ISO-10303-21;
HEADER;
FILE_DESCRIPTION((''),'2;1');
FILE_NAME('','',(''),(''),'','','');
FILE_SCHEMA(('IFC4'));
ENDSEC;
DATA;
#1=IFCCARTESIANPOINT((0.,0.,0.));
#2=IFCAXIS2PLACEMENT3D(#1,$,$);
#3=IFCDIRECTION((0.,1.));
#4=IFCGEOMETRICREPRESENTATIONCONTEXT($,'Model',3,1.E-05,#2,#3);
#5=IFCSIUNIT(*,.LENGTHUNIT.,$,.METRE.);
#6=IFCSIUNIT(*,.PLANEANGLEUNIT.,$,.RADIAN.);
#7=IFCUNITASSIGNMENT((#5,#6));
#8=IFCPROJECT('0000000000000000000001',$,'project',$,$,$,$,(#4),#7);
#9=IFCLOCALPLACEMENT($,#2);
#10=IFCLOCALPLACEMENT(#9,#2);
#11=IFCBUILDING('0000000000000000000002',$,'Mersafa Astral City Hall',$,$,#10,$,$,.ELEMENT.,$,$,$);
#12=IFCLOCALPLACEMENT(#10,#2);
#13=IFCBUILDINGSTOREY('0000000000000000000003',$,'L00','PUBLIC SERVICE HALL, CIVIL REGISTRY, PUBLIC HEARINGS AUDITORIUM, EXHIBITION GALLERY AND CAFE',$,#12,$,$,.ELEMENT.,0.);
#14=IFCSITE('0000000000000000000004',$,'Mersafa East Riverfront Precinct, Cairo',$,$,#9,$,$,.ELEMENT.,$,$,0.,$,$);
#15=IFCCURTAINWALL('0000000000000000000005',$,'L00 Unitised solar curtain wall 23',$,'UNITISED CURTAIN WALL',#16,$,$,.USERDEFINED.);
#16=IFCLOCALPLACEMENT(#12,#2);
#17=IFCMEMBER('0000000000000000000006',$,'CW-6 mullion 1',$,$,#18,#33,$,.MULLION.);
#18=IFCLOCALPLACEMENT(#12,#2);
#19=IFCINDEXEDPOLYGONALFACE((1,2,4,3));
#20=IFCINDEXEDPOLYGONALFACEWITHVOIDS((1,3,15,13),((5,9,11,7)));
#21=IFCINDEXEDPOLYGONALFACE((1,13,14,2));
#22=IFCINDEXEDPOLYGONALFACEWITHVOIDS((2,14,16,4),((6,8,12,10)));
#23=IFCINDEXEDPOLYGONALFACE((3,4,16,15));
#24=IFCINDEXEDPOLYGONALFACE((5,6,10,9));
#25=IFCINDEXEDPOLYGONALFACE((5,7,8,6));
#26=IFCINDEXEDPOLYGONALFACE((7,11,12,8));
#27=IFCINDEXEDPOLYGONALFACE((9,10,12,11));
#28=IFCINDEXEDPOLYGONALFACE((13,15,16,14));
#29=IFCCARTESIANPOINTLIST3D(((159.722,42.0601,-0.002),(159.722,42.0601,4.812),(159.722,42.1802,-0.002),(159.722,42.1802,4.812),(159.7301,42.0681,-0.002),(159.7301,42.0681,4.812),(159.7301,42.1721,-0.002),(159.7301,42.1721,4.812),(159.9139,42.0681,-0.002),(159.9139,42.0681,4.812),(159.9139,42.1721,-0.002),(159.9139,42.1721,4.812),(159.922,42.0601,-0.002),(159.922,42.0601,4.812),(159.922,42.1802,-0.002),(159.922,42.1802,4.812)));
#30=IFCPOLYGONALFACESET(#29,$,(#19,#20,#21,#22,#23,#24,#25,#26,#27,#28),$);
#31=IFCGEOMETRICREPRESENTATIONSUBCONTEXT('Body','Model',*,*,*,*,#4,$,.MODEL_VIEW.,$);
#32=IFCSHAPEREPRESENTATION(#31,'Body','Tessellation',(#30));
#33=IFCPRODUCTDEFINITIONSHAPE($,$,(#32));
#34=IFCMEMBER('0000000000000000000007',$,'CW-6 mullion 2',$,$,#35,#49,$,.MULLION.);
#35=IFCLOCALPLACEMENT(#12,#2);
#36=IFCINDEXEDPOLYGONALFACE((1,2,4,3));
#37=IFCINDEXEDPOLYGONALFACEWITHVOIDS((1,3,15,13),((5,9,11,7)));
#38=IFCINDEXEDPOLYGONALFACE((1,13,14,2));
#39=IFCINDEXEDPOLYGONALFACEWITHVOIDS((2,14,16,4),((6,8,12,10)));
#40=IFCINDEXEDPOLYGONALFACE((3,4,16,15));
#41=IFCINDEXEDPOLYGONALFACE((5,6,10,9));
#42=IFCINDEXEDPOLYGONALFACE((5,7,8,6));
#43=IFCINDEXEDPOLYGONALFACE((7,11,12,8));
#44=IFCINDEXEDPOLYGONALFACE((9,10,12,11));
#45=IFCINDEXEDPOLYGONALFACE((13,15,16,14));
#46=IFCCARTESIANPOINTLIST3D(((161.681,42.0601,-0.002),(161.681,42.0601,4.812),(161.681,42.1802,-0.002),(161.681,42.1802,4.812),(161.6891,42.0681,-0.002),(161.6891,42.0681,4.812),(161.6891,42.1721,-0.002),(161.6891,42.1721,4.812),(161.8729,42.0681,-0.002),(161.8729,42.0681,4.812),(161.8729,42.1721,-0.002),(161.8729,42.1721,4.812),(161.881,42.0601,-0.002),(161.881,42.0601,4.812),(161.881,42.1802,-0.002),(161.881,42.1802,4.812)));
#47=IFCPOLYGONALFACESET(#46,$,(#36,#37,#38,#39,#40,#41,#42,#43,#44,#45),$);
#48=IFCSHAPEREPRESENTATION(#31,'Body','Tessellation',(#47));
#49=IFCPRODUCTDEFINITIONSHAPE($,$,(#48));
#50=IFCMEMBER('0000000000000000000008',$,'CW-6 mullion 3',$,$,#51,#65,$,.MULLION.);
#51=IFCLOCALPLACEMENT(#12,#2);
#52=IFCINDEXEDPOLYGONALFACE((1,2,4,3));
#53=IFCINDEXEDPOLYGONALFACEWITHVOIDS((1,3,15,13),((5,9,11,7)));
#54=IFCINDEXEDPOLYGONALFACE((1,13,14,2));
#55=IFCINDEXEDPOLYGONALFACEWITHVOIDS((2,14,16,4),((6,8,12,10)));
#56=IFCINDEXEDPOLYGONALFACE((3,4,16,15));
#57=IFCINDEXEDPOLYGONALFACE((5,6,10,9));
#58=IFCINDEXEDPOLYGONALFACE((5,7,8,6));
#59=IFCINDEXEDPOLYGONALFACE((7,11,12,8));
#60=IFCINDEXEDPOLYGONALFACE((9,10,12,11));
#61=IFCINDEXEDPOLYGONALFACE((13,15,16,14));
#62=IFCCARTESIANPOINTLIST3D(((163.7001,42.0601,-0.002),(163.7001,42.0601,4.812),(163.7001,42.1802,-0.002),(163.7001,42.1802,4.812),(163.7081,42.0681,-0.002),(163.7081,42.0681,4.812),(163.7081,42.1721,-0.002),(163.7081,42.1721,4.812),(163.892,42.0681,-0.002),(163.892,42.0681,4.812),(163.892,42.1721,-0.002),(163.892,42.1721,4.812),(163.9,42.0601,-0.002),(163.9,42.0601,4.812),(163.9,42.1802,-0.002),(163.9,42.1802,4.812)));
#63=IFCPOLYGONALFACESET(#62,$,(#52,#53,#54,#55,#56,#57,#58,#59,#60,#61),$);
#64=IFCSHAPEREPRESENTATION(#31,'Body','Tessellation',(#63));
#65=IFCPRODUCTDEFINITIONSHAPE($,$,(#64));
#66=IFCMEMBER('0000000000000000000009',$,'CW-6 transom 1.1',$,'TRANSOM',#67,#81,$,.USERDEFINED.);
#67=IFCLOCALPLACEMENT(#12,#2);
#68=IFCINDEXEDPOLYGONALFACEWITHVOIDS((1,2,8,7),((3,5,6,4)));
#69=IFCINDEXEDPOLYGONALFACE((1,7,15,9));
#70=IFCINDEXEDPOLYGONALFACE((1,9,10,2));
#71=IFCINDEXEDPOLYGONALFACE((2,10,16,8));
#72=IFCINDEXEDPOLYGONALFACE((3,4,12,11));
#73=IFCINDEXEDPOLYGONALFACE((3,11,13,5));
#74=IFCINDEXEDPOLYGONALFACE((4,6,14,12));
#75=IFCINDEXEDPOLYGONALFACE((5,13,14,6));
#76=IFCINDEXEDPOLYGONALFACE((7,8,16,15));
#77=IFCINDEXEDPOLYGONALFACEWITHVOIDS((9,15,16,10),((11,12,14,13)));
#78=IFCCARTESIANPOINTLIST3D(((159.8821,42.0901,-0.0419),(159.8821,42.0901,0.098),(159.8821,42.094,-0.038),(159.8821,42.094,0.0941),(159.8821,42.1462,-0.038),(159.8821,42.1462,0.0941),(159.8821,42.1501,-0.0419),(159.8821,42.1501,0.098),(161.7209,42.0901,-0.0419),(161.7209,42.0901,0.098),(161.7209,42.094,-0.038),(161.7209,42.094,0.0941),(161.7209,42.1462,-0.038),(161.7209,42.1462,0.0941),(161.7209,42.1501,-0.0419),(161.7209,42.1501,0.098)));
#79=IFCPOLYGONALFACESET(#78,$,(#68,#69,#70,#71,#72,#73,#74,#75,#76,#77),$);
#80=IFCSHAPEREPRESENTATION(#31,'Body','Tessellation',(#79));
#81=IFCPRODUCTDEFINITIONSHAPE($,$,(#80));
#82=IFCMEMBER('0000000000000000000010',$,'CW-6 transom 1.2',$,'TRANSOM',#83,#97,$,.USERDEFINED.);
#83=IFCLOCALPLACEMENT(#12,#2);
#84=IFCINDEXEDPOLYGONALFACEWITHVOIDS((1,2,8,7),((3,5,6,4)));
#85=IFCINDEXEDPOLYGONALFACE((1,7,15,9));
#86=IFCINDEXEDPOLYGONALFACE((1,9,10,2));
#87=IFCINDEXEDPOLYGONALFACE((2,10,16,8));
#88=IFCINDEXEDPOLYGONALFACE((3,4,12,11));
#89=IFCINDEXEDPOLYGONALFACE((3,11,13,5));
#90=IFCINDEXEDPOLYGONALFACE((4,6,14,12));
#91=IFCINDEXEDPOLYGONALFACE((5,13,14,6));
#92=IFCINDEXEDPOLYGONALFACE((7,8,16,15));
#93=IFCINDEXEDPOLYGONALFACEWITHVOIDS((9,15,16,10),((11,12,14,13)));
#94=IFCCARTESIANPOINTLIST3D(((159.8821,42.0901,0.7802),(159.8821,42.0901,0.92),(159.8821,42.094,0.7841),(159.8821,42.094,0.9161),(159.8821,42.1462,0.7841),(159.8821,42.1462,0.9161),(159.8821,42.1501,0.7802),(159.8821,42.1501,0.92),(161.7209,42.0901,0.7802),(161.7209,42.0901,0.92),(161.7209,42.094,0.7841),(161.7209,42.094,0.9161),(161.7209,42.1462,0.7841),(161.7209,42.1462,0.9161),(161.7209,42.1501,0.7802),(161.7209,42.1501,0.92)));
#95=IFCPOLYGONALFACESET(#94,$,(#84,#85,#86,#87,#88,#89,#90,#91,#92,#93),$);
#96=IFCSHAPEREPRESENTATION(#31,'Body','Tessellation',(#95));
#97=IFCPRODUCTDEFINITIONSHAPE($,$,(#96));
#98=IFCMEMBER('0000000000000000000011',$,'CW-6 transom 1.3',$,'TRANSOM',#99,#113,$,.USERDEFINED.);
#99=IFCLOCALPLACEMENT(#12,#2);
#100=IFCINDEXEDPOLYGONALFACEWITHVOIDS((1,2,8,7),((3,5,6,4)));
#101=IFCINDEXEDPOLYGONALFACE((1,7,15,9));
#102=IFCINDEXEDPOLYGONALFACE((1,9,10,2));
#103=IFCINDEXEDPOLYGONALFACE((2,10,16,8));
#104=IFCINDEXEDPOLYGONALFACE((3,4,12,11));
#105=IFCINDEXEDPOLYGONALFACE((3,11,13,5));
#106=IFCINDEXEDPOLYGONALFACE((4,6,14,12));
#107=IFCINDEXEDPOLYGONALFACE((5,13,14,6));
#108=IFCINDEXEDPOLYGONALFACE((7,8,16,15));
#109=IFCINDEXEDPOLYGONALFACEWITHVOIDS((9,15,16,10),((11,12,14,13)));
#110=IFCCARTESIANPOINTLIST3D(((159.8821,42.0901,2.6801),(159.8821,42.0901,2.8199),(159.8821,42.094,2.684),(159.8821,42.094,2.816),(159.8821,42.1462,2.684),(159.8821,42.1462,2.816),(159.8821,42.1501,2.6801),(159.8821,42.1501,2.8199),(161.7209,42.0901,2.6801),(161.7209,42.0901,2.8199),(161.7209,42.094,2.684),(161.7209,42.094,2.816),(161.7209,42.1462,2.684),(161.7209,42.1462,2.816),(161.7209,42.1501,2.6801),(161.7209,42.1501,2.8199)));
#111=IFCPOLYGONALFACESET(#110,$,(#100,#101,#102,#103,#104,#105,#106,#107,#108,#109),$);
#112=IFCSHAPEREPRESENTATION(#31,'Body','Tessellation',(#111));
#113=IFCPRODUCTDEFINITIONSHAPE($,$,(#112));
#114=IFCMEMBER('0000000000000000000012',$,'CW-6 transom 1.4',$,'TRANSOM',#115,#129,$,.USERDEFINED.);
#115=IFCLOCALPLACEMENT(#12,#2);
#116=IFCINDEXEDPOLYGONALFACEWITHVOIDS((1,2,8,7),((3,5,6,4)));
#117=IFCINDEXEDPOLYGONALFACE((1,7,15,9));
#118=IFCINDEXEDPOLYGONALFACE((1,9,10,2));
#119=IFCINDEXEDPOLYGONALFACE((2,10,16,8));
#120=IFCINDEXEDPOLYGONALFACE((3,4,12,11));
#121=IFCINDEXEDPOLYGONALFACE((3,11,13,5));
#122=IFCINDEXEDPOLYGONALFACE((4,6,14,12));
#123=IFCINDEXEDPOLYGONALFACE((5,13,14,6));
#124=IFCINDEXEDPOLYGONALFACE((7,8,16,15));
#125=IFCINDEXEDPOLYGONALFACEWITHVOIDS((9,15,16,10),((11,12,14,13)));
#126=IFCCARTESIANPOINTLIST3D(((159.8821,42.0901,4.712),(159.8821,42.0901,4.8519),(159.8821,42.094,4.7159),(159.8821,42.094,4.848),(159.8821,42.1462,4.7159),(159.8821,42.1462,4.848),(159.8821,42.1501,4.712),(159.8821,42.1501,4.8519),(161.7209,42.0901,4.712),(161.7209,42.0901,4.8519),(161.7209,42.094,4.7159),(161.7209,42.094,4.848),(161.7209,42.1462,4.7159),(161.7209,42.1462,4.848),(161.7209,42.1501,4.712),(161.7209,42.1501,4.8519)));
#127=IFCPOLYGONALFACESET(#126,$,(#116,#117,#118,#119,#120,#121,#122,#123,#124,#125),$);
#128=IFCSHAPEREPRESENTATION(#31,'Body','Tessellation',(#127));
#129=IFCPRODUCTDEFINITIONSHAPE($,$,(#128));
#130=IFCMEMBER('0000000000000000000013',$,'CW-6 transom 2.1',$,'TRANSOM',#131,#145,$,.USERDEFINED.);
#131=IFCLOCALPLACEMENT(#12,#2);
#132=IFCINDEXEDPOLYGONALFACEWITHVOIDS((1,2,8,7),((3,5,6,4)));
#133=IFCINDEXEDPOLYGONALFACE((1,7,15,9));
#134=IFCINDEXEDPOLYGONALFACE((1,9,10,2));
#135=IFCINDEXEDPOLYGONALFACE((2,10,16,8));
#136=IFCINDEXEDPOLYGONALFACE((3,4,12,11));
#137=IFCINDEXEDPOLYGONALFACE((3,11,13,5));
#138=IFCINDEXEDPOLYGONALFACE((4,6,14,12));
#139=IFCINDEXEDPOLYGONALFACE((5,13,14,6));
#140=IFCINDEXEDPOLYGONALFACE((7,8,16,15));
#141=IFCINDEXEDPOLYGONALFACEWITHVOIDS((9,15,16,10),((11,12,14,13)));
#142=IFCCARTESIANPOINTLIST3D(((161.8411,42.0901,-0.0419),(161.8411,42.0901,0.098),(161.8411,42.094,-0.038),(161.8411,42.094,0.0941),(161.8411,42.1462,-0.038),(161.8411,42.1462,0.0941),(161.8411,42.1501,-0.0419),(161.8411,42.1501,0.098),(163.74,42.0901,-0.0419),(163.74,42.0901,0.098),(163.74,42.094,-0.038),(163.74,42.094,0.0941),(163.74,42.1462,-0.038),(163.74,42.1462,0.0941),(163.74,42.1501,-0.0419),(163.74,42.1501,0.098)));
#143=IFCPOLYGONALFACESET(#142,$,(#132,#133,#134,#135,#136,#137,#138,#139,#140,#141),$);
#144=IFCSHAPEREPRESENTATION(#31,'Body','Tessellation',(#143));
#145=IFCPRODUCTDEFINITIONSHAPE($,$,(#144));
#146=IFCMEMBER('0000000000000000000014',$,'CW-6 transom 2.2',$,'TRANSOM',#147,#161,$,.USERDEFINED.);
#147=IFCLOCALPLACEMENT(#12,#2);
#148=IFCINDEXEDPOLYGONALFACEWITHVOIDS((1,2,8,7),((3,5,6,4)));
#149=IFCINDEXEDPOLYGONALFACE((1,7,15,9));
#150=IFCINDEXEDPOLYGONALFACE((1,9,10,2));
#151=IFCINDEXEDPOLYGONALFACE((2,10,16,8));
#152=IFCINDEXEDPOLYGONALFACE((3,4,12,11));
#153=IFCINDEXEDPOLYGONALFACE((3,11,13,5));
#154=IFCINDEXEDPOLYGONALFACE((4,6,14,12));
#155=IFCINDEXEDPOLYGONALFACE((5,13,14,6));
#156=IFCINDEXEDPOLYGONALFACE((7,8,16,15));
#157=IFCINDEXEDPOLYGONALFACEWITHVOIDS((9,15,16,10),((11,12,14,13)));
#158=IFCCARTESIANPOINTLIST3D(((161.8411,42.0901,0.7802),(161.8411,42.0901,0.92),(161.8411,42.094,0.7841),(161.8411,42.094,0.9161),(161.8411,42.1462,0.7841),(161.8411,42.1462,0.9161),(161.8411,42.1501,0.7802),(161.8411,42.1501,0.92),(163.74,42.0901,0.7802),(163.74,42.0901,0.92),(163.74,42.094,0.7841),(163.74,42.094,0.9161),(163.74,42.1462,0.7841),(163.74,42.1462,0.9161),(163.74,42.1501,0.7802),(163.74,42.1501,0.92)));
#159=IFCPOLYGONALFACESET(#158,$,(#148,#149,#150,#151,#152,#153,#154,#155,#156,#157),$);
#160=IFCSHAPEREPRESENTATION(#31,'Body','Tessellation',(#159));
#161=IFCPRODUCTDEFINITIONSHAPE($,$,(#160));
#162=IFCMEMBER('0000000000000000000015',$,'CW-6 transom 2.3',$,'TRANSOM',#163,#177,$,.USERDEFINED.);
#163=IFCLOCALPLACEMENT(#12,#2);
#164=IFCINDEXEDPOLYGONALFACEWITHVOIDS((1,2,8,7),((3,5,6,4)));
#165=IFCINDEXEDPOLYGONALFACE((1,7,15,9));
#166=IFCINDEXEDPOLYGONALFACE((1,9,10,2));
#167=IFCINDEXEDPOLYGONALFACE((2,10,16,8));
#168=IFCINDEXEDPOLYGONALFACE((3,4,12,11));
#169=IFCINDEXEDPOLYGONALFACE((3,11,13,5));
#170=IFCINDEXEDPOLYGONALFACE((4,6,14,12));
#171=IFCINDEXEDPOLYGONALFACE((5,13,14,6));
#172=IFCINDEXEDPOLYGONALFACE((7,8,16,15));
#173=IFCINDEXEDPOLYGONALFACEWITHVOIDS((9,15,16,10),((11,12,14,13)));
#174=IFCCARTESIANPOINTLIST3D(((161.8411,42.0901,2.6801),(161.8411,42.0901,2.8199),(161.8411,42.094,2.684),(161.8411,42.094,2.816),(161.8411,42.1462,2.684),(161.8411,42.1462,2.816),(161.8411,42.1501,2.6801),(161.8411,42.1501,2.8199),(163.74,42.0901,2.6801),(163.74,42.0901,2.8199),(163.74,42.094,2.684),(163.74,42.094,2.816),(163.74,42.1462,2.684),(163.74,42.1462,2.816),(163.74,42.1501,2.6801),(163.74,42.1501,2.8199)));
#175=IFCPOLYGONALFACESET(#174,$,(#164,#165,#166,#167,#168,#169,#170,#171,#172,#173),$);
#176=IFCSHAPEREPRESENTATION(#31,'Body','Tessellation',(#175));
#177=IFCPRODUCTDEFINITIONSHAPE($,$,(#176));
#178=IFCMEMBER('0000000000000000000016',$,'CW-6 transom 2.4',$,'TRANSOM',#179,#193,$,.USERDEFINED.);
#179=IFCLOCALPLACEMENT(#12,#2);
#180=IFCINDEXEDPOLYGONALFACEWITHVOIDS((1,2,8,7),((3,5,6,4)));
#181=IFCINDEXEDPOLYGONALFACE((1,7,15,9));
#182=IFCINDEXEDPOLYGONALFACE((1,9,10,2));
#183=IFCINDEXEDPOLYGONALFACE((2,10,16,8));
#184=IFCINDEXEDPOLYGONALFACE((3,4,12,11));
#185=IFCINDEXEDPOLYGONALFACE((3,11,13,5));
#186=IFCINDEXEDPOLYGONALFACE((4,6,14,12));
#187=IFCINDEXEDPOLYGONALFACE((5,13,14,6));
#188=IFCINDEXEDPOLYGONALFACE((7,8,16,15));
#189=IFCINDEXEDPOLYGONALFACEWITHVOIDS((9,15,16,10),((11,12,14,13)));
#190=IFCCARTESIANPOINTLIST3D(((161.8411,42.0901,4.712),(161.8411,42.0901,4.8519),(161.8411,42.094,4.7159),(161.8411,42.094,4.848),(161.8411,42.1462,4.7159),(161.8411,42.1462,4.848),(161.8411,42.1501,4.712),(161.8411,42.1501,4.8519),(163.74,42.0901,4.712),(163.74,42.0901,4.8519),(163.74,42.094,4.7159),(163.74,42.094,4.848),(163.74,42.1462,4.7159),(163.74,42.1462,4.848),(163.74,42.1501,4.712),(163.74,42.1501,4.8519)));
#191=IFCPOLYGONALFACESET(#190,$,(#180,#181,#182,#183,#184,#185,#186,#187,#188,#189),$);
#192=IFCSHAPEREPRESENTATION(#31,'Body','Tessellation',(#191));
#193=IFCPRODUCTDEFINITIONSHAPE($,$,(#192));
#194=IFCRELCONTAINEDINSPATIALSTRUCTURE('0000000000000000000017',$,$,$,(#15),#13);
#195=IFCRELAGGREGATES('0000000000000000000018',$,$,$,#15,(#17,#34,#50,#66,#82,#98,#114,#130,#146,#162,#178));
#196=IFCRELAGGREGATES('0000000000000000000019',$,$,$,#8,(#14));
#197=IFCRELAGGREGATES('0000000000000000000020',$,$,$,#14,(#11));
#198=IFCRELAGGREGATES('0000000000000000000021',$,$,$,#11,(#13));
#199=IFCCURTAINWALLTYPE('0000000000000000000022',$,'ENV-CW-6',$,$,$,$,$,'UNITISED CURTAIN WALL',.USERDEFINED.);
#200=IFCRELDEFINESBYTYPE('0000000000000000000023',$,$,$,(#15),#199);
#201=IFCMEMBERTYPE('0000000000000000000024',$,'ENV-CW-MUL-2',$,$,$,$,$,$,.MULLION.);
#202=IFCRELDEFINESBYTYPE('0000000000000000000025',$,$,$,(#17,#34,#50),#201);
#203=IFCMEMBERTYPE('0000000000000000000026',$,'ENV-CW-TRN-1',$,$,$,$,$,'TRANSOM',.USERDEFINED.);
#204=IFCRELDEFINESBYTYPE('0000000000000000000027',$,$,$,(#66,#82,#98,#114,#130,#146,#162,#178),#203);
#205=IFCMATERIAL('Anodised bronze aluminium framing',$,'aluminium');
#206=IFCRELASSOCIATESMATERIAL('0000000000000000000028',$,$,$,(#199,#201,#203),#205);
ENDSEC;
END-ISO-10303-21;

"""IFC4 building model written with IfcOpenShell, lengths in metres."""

from ifc_helpers import new_model, si_unit, direction, frame, origin, origin_2d, place, context, subcontext, project, spatial, hollow_rectangle, extrude, material, material_profile, profile_set, type_object, element, aggregate, save


model = new_model("IFC4")

# Units and contexts
model_context = context("Model", 3, precision=1e-05, world=origin(), true_north=direction((0.0, 1.0)))
body_context = subcontext(model_context, "Body", "Model", "MODEL_VIEW")
ifc_project = project(units=[si_unit("LENGTHUNIT", "METRE"), si_unit("PLANEANGLEUNIT", "RADIAN")], contexts=[model_context])

# Site, building, storey
site_placement = place(None, origin())
site = spatial("IfcSite", under=ifc_project, at=site_placement, Name="Mersafa East Riverfront Precinct, Cairo", CompositionType="ELEMENT", RefElevation=0.0)
building_placement = place(site_placement, origin())
building = spatial("IfcBuilding", under=site, at=building_placement, Name="Mersafa Astral City Hall", CompositionType="ELEMENT")
storey_placement = place(building_placement, origin())
storey = spatial("IfcBuildingStorey", under=building, at=storey_placement, Name="L00", Description="PUBLIC SERVICE HALL, CIVIL REGISTRY, PUBLIC HEARINGS AUDITORIUM, EXHIBITION GALLERY AND CAFE", CompositionType="ELEMENT", Elevation=0.0)

# Curtain wall, members
ifc_material_1 = material(Name="Anodised bronze aluminium framing", Category="aluminium")
curtain_wall_type = type_object("IfcCurtainWallType", Name="ENV-CW-6", ElementType="UNITISED CURTAIN WALL", PredefinedType="USERDEFINED", material=ifc_material_1)
curtain_wall_placement = place(storey_placement, origin())
curtain_wall = element("IfcCurtainWall", 1, at=curtain_wall_placement, inside=storey, type_object=curtain_wall_type, Name="L00 Unitised solar curtain wall 23", ObjectType="UNITISED CURTAIN WALL", PredefinedType="USERDEFINED")
ifc_material_profile_1 = material_profile(ifc_material_1, hollow_rectangle(XDim=0.1201, YDim=0.2, WallThickness=0.0081, at=origin_2d()), Name="RHS 120x200x8")
ifc_profile_set_1 = profile_set([ifc_material_profile_1], Name="Anodised bronze aluminium framing")
member_type_1 = type_object("IfcMemberType", Name="ENV-CW-MUL-2", PredefinedType="MULLION", material=ifc_profile_set_1)
member_1_placement = place(storey_placement, frame((159.822, 42.1201, -0.002), z_axis=(0.0, 0.0, 1.0), x_axis=(0.0, 1.0, 0.0)))
member_1 = element("IfcMember", 2, at=member_1_placement, type_object=member_type_1, Name="CW-6 mullion 1", PredefinedType="MULLION", context=body_context, shape_type="SweptSolid", body=[
    extrude(hollow_rectangle(XDim=0.1201, YDim=0.2, WallThickness=0.0081, at=origin_2d()), origin(), (0.0, 0.0, 1.0), 4.814),
])
member_2_placement = place(storey_placement, frame((161.781, 42.1201, -0.002), z_axis=(0.0, 0.0, 1.0), x_axis=(0.0, 1.0, 0.0)))
member_2 = element("IfcMember", 3, at=member_2_placement, type_object=member_type_1, Name="CW-6 mullion 2", PredefinedType="MULLION", context=body_context, shape_type="SweptSolid", body=[
    extrude(hollow_rectangle(XDim=0.1201, YDim=0.2, WallThickness=0.0081, at=origin_2d()), origin(), (0.0, 0.0, 1.0), 4.814),
])
member_3_placement = place(storey_placement, frame((163.8, 42.1201, -0.002), z_axis=(0.0, 0.0, 1.0), x_axis=(0.0, 1.0, 0.0)))
member_3 = element("IfcMember", 4, at=member_3_placement, type_object=member_type_1, Name="CW-6 mullion 3", PredefinedType="MULLION", context=body_context, shape_type="SweptSolid", body=[
    extrude(hollow_rectangle(XDim=0.1201, YDim=0.2, WallThickness=0.0081, at=origin_2d()), origin(), (0.0, 0.0, 1.0), 4.814),
])
ifc_material_profile_2 = material_profile(ifc_material_1, hollow_rectangle(XDim=0.0601, YDim=0.1399, WallThickness=0.0039, at=origin_2d()), Name="RHS 60x140x4")
ifc_profile_set_2 = profile_set([ifc_material_profile_2], Name="Anodised bronze aluminium framing")
member_type_2 = type_object("IfcMemberType", Name="ENV-CW-TRN-1", ElementType="TRANSOM", PredefinedType="USERDEFINED", material=ifc_profile_set_2)
member_4_placement = place(storey_placement, frame((159.8821, 42.1201, 0.0281), z_axis=(1.0, 0.0, 0.0), x_axis=(0.0, 1.0, 0.0)))
member_4 = element("IfcMember", 5, at=member_4_placement, type_object=member_type_2, Name="CW-6 transom 1.1", ObjectType="TRANSOM", PredefinedType="USERDEFINED", context=body_context, shape_type="SweptSolid", body=[
    extrude(hollow_rectangle(XDim=0.0601, YDim=0.1399, WallThickness=0.0039, at=origin_2d()), origin(), (0.0, 0.0, 1.0), 1.8389),
])
member_5_placement = place(storey_placement, frame((159.8821, 42.1201, 0.8501), z_axis=(1.0, 0.0, 0.0), x_axis=(0.0, 1.0, 0.0)))
member_5 = element("IfcMember", 6, at=member_5_placement, type_object=member_type_2, Name="CW-6 transom 1.2", ObjectType="TRANSOM", PredefinedType="USERDEFINED", context=body_context, shape_type="SweptSolid", body=[
    extrude(hollow_rectangle(XDim=0.0601, YDim=0.1399, WallThickness=0.0039, at=origin_2d()), origin(), (0.0, 0.0, 1.0), 1.8389),
])
member_6_placement = place(storey_placement, frame((159.8821, 42.1201, 2.75), z_axis=(1.0, 0.0, 0.0), x_axis=(0.0, 1.0, 0.0)))
member_6 = element("IfcMember", 7, at=member_6_placement, type_object=member_type_2, Name="CW-6 transom 1.3", ObjectType="TRANSOM", PredefinedType="USERDEFINED", context=body_context, shape_type="SweptSolid", body=[
    extrude(hollow_rectangle(XDim=0.0601, YDim=0.1399, WallThickness=0.0039, at=origin_2d()), origin(), (0.0, 0.0, 1.0), 1.8389),
])
member_7_placement = place(storey_placement, frame((159.8821, 42.1201, 4.782), z_axis=(1.0, 0.0, 0.0), x_axis=(0.0, 1.0, 0.0)))
member_7 = element("IfcMember", 8, at=member_7_placement, type_object=member_type_2, Name="CW-6 transom 1.4", ObjectType="TRANSOM", PredefinedType="USERDEFINED", context=body_context, shape_type="SweptSolid", body=[
    extrude(hollow_rectangle(XDim=0.0601, YDim=0.1399, WallThickness=0.0039, at=origin_2d()), origin(), (0.0, 0.0, 1.0), 1.8389),
])
member_8_placement = place(storey_placement, frame((161.8411, 42.1201, 0.0281), z_axis=(1.0, 0.0, 0.0), x_axis=(0.0, 1.0, 0.0)))
member_8 = element("IfcMember", 9, at=member_8_placement, type_object=member_type_2, Name="CW-6 transom 2.1", ObjectType="TRANSOM", PredefinedType="USERDEFINED", context=body_context, shape_type="SweptSolid", body=[
    extrude(hollow_rectangle(XDim=0.0601, YDim=0.1399, WallThickness=0.0039, at=origin_2d()), origin(), (0.0, 0.0, 1.0), 1.8989),
])
member_9_placement = place(storey_placement, frame((161.8411, 42.1201, 0.8501), z_axis=(1.0, 0.0, 0.0), x_axis=(0.0, 1.0, 0.0)))
member_9 = element("IfcMember", 10, at=member_9_placement, type_object=member_type_2, Name="CW-6 transom 2.2", ObjectType="TRANSOM", PredefinedType="USERDEFINED", context=body_context, shape_type="SweptSolid", body=[
    extrude(hollow_rectangle(XDim=0.0601, YDim=0.1399, WallThickness=0.0039, at=origin_2d()), origin(), (0.0, 0.0, 1.0), 1.8989),
])
member_10_placement = place(storey_placement, frame((161.8411, 42.1201, 2.75), z_axis=(1.0, 0.0, 0.0), x_axis=(0.0, 1.0, 0.0)))
member_10 = element("IfcMember", 11, at=member_10_placement, type_object=member_type_2, Name="CW-6 transom 2.3", ObjectType="TRANSOM", PredefinedType="USERDEFINED", context=body_context, shape_type="SweptSolid", body=[
    extrude(hollow_rectangle(XDim=0.0601, YDim=0.1399, WallThickness=0.0039, at=origin_2d()), origin(), (0.0, 0.0, 1.0), 1.8989),
])
member_11_placement = place(storey_placement, frame((161.8411, 42.1201, 4.782), z_axis=(1.0, 0.0, 0.0), x_axis=(0.0, 1.0, 0.0)))
member_11 = element("IfcMember", 12, at=member_11_placement, type_object=member_type_2, Name="CW-6 transom 2.4", ObjectType="TRANSOM", PredefinedType="USERDEFINED", context=body_context, shape_type="SweptSolid", body=[
    extrude(hollow_rectangle(XDim=0.0601, YDim=0.1399, WallThickness=0.0039, at=origin_2d()), origin(), (0.0, 0.0, 1.0), 1.8989),
])

aggregate(curtain_wall, [member_1, member_2, member_3, member_4, member_5, member_6, member_7, member_8, member_9, member_10, member_11])

save(model, "model.ifc")
